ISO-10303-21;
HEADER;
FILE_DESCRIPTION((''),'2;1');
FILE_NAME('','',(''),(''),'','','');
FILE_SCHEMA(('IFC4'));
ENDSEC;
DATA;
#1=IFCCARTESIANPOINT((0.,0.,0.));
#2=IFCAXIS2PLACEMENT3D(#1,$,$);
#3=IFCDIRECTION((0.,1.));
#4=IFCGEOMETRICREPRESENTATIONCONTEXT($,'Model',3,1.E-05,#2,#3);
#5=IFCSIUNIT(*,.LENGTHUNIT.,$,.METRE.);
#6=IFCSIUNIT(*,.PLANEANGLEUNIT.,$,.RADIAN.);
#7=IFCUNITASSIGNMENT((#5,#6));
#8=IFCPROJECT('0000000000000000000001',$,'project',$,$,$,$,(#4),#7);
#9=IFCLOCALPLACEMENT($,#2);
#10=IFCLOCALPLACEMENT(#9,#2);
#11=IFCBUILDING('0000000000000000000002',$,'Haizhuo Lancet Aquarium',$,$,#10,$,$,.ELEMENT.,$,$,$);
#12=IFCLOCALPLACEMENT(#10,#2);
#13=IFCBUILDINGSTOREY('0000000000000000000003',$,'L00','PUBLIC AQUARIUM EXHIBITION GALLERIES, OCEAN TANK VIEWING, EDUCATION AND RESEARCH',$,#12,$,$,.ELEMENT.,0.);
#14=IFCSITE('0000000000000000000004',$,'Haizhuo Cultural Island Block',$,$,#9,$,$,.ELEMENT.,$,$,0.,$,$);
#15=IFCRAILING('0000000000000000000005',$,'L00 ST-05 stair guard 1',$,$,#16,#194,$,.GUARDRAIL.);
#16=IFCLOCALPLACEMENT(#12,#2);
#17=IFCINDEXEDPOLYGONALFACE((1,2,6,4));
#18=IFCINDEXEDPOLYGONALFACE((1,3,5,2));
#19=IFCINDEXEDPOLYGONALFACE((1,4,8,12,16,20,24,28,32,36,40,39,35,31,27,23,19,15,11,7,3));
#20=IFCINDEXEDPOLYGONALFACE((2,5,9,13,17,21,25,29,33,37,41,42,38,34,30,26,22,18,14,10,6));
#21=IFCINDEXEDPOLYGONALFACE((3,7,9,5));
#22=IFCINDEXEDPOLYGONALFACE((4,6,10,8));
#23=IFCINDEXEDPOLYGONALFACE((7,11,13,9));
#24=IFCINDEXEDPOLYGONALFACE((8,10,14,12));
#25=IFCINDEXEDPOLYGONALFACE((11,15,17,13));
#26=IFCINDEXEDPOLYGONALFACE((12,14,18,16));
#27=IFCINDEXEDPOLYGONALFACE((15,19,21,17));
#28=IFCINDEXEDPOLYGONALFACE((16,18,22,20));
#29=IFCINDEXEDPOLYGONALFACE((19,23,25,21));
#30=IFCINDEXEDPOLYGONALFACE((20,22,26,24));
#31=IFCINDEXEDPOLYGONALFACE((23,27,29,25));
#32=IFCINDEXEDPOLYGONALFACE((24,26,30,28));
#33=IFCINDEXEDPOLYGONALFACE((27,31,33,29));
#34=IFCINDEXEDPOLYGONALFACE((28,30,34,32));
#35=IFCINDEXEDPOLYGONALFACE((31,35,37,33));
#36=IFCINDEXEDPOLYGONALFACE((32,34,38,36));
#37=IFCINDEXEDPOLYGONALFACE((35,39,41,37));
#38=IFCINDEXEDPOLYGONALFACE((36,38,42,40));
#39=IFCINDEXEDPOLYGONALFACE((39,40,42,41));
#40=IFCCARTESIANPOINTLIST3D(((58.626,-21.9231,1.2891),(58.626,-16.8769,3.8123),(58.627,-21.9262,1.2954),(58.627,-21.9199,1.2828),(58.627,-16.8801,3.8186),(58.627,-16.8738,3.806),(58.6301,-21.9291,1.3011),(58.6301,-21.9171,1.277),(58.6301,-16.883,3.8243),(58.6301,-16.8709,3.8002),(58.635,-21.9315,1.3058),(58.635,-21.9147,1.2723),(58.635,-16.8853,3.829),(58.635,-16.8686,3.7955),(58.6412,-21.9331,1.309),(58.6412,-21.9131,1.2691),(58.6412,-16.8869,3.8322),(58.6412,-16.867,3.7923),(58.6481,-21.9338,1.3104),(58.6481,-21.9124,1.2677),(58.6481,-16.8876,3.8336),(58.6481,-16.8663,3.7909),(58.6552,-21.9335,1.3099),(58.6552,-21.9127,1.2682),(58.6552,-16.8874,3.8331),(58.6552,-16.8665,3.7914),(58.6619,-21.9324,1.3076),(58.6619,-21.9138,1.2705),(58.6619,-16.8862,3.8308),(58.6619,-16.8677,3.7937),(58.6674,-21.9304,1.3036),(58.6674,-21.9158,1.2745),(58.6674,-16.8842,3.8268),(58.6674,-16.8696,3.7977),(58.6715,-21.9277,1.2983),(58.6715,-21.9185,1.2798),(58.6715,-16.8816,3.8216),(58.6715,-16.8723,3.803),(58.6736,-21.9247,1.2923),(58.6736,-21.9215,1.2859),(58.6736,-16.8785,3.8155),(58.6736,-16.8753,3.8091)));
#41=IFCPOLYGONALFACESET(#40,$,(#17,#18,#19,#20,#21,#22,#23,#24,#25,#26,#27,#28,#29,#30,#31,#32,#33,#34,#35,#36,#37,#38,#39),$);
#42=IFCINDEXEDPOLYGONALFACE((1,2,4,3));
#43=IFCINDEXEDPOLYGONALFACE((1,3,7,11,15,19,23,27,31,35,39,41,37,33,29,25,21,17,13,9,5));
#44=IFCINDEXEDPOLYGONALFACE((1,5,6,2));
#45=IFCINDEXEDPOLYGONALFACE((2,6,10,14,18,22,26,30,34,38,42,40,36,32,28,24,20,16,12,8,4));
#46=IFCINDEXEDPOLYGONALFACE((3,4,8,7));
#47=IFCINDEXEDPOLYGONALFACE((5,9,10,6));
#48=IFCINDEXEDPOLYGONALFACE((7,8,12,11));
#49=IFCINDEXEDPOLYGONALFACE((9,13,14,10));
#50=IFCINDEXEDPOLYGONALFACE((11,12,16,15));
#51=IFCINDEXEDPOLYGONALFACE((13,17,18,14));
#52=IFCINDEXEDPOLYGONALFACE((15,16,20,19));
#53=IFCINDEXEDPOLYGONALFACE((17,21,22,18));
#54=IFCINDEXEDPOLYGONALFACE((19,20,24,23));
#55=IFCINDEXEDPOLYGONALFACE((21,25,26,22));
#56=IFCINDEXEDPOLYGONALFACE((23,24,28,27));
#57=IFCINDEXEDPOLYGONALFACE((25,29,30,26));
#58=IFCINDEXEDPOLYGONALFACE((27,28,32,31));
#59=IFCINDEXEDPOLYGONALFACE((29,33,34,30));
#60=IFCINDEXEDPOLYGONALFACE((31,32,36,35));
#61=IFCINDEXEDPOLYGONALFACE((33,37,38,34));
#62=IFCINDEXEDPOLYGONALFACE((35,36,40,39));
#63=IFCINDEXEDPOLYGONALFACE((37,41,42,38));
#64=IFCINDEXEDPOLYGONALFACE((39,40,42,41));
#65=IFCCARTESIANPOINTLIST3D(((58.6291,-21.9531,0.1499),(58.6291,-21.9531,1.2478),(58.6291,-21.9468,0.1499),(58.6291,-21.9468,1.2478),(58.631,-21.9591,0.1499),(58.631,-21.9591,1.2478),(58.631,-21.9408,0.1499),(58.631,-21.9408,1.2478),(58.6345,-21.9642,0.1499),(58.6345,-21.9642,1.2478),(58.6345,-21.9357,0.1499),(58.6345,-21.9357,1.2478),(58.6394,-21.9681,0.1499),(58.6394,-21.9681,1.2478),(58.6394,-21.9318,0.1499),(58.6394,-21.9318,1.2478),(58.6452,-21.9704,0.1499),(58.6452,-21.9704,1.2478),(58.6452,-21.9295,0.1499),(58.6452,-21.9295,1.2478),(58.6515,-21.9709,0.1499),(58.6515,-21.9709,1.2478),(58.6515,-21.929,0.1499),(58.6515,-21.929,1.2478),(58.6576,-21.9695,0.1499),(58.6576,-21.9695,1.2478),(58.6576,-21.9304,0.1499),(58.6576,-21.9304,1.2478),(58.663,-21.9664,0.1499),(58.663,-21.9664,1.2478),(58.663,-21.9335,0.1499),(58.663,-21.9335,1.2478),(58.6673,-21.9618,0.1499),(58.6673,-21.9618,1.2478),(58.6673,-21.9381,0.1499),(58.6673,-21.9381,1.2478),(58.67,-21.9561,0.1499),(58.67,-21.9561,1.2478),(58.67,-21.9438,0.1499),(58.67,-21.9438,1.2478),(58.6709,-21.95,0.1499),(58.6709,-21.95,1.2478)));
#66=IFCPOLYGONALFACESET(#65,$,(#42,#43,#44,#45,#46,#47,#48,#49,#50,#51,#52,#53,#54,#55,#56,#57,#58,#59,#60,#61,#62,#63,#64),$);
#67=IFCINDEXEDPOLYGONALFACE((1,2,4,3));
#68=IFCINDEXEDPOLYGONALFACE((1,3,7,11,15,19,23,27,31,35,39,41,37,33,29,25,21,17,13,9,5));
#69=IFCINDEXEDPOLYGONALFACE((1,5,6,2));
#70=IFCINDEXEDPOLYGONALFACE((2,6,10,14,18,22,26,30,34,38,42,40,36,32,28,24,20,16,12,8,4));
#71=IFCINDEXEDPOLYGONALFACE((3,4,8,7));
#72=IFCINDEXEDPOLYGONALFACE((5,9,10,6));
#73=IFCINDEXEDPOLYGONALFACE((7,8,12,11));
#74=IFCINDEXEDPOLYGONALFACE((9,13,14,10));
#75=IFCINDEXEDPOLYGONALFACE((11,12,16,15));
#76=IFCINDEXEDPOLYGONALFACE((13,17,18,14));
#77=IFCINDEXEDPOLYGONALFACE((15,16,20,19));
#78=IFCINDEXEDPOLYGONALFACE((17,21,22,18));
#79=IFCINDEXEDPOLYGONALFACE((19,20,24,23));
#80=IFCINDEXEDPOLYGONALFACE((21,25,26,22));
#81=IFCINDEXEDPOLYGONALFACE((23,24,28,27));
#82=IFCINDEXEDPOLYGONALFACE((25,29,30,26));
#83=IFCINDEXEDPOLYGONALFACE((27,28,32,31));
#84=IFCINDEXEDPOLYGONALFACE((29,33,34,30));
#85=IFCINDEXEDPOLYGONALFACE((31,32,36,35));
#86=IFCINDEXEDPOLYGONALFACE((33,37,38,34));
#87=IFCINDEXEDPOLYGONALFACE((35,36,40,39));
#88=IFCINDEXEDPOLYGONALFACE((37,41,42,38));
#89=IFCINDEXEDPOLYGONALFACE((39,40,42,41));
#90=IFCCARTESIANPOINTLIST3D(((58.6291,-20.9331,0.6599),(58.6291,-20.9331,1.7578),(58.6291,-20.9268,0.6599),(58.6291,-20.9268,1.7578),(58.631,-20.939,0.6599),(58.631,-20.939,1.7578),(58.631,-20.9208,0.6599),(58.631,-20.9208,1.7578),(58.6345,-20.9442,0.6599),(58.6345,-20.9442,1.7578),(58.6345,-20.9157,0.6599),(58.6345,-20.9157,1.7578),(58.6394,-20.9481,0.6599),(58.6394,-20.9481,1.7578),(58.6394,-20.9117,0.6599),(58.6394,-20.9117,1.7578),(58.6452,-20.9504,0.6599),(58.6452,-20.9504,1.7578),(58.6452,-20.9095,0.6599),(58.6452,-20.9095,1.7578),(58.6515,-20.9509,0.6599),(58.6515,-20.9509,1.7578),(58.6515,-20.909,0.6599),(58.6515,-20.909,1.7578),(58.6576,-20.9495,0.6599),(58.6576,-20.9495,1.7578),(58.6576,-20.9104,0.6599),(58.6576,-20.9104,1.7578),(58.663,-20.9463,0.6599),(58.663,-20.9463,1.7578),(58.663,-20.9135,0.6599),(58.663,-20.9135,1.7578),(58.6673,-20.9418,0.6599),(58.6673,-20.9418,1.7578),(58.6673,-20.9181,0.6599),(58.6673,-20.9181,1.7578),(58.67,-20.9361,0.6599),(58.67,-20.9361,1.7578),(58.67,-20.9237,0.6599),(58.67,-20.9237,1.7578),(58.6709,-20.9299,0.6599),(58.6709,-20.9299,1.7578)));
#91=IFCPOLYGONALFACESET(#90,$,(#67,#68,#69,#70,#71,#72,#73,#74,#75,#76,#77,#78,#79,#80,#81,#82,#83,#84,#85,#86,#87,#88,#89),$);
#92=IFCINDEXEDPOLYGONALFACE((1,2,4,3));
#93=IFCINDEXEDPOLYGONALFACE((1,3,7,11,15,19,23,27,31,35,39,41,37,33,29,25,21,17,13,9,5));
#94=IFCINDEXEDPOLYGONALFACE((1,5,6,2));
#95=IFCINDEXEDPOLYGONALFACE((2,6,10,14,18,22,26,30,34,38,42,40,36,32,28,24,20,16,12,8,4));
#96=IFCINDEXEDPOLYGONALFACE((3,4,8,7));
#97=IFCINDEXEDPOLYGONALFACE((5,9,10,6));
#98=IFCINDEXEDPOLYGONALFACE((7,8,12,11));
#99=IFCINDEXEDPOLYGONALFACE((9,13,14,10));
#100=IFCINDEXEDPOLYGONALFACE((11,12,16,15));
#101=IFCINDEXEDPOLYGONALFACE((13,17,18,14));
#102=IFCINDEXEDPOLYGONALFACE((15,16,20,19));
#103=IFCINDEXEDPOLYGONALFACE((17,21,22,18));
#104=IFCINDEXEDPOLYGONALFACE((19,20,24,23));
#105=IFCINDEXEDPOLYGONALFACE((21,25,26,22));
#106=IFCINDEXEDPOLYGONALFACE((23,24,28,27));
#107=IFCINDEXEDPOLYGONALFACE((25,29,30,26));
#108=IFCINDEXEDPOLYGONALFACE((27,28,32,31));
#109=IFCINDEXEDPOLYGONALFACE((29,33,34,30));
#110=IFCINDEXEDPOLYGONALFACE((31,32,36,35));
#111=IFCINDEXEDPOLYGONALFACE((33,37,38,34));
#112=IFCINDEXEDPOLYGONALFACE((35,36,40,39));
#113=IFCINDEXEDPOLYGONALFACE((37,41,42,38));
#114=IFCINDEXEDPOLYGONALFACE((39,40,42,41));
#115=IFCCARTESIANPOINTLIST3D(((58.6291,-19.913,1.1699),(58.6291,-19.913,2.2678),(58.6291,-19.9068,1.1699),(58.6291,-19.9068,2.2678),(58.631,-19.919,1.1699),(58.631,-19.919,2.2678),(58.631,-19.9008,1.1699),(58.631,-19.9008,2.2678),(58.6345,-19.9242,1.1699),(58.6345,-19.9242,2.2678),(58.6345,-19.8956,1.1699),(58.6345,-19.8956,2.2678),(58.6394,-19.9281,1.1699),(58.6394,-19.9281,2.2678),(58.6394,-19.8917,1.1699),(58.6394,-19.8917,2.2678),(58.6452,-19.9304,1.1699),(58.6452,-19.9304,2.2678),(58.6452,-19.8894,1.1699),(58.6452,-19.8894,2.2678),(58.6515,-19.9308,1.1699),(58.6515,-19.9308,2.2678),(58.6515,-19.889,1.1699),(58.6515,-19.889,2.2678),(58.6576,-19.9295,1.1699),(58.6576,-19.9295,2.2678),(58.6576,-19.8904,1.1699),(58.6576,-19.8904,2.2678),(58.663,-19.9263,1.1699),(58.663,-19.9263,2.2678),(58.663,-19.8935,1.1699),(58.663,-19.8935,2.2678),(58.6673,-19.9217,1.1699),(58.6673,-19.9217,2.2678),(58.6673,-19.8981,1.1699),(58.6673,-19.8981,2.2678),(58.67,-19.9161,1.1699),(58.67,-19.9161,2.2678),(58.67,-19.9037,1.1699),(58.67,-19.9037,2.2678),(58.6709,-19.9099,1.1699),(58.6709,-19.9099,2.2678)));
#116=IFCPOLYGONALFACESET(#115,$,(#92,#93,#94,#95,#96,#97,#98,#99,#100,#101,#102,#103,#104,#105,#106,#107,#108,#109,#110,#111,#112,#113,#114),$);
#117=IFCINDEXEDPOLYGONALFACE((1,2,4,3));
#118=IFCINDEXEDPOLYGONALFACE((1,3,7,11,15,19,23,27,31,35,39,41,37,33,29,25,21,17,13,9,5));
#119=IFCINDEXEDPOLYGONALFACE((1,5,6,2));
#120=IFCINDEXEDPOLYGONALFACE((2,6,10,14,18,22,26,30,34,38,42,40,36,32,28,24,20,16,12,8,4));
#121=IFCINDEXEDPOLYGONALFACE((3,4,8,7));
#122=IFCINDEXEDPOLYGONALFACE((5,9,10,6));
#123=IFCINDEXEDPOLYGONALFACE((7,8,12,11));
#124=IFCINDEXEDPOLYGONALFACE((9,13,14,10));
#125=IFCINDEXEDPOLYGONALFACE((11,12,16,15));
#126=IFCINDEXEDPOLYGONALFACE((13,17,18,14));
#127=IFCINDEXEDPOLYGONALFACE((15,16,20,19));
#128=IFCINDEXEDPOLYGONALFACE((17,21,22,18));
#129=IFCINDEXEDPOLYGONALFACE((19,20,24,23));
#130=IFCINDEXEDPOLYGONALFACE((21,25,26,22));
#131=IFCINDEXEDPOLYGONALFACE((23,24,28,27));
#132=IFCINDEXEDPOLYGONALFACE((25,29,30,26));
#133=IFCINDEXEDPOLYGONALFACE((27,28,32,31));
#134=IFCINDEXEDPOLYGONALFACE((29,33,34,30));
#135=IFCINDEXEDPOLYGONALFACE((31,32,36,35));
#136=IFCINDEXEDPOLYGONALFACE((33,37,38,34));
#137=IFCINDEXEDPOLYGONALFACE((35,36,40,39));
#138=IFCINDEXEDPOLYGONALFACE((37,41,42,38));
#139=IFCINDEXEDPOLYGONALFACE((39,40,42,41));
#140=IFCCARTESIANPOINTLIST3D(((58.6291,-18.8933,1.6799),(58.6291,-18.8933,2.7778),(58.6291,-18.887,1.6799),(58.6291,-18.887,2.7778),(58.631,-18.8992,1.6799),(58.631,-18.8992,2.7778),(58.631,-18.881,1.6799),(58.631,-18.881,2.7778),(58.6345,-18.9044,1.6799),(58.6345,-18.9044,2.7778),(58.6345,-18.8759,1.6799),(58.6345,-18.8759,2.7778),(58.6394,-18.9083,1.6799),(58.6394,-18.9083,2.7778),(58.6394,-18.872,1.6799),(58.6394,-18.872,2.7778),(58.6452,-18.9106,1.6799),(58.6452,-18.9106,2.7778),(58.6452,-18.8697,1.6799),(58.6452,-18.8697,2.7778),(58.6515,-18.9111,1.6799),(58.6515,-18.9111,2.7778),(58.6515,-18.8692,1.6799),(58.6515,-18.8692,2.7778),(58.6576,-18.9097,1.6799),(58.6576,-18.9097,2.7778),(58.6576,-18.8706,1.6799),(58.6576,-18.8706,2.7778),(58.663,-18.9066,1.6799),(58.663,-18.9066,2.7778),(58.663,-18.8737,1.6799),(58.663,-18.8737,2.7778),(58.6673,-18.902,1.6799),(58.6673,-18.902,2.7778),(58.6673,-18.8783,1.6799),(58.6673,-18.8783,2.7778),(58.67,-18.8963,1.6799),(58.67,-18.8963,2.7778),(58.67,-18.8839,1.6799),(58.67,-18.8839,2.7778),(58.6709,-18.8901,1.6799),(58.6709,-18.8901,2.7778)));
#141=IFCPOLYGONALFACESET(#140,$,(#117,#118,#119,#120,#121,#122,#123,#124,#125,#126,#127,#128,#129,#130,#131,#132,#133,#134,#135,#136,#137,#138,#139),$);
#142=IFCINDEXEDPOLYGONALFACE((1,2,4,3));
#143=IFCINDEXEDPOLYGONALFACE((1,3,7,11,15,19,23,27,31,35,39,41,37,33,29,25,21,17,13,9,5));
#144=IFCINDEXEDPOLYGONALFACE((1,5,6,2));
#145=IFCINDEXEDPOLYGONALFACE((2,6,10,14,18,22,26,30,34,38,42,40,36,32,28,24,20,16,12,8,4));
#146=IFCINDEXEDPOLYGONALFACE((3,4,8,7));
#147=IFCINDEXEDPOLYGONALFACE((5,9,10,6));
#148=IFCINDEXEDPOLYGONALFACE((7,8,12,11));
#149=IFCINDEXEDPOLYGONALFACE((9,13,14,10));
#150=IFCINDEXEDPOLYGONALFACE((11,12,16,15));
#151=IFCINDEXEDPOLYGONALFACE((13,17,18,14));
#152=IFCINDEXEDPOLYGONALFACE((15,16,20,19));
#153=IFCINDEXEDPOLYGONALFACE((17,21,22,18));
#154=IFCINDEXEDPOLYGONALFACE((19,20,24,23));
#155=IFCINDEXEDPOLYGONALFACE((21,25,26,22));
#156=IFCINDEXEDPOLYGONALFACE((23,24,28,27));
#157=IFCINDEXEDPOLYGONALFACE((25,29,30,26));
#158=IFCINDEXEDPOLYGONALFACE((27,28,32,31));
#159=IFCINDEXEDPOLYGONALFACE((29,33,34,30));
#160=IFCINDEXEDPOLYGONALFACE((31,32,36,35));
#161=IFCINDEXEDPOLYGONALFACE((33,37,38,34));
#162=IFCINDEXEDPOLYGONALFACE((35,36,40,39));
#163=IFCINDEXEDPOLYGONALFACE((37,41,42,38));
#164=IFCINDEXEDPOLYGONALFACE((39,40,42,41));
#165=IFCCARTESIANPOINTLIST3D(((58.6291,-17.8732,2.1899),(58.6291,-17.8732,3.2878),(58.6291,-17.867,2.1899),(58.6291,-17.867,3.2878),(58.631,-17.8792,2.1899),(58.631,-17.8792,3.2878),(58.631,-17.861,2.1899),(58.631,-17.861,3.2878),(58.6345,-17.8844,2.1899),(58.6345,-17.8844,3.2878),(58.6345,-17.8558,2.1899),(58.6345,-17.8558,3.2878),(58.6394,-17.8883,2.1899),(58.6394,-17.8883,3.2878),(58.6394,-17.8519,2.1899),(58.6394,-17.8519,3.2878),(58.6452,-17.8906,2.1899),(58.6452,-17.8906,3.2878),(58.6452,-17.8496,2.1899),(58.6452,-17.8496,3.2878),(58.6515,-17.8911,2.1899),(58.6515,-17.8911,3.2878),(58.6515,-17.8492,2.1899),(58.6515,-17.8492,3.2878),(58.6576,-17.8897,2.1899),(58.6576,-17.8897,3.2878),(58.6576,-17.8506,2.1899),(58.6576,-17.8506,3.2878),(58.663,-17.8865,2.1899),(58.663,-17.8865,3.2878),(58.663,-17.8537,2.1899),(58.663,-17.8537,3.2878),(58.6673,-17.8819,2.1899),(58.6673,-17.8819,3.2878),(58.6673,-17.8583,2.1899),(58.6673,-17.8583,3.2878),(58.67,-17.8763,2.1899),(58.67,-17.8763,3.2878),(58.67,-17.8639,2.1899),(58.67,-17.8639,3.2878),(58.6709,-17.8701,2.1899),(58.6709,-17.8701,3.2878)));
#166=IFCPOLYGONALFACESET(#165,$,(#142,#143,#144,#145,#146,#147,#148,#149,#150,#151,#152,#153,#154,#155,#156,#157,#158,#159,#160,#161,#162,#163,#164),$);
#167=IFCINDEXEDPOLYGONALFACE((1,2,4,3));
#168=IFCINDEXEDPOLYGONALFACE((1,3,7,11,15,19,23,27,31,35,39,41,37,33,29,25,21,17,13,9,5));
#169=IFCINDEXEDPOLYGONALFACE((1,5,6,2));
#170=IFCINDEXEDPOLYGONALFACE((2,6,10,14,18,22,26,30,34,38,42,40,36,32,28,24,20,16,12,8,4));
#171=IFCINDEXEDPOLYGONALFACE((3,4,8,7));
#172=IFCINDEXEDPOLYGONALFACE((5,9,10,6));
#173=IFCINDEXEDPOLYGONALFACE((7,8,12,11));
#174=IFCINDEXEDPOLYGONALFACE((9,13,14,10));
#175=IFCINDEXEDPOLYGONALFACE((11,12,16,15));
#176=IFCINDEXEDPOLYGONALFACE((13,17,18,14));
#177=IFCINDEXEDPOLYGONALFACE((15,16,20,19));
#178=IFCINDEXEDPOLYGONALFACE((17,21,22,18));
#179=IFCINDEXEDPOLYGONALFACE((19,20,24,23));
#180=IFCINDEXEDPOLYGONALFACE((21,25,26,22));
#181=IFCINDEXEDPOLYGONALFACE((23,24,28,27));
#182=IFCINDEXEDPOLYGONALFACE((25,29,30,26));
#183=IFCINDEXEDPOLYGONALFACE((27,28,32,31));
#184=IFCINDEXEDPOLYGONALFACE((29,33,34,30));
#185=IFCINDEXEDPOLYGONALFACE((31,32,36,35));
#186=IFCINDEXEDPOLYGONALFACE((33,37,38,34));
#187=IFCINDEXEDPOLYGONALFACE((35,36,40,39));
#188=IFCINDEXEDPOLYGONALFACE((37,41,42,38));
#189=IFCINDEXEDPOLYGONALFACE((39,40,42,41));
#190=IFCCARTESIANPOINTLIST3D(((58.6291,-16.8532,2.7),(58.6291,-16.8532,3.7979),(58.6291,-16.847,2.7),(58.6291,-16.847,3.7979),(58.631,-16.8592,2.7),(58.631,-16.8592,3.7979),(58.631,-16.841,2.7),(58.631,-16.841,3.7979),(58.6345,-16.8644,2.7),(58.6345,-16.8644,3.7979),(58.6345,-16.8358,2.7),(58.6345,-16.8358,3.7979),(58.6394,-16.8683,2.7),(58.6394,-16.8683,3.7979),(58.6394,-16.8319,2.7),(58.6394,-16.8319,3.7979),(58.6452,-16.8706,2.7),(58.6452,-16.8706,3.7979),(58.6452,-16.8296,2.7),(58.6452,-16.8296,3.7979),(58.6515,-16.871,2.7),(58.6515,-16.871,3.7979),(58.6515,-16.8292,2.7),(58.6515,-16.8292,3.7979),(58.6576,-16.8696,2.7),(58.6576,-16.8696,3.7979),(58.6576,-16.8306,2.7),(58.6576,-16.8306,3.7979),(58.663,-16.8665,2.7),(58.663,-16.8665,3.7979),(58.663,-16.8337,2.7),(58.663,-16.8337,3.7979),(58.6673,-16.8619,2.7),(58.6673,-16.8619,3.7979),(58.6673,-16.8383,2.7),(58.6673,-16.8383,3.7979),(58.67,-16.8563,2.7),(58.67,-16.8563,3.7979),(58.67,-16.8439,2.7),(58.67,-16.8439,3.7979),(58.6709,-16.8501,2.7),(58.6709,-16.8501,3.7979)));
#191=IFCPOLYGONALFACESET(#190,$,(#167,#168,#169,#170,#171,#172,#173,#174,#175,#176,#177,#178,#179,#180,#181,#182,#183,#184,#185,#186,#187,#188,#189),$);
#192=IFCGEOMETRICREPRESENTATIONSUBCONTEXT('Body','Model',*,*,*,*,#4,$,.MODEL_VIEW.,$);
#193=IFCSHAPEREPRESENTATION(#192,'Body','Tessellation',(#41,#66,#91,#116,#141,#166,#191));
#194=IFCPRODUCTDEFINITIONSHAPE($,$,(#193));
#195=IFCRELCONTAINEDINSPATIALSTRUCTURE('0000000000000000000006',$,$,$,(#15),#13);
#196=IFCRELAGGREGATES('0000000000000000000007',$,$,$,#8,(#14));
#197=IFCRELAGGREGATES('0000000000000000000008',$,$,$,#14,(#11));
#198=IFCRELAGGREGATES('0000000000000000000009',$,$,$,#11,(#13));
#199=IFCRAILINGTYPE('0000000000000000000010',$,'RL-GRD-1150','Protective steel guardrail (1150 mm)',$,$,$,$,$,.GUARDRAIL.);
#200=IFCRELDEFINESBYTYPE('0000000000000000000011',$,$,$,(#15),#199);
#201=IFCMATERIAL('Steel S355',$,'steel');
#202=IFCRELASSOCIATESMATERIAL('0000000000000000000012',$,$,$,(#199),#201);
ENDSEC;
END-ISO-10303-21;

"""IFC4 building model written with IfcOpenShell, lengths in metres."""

from ifc_helpers import new_model, si_unit, direction, frame, origin, origin_2d, place, context, subcontext, project, spatial, circle, extrude, material, type_object, element, save


model = new_model("IFC4")

# Units and contexts
model_context = context("Model", 3, precision=1e-05, world=origin(), true_north=direction((0.0, 1.0)))
body_context = subcontext(model_context, "Body", "Model", "MODEL_VIEW")
ifc_project = project(units=[si_unit("LENGTHUNIT", "METRE"), si_unit("PLANEANGLEUNIT", "RADIAN")], contexts=[model_context])

# Site, building, storey
site_placement = place(None, origin())
site = spatial("IfcSite", under=ifc_project, at=site_placement, Name="Haizhuo Cultural Island Block", CompositionType="ELEMENT", RefElevation=0.0)
building_placement = place(site_placement, origin())
building = spatial("IfcBuilding", under=site, at=building_placement, Name="Haizhuo Lancet Aquarium", CompositionType="ELEMENT")
storey_placement = place(building_placement, origin())
storey = spatial("IfcBuildingStorey", under=building, at=storey_placement, Name="L00", Description="PUBLIC AQUARIUM EXHIBITION GALLERIES, OCEAN TANK VIEWING, EDUCATION AND RESEARCH", CompositionType="ELEMENT", Elevation=0.0)

# Shared definitions
ifc_material_1 = material(Name="Steel S355", Category="steel")

# Railing
railing_type_1 = type_object("IfcRailingType", Name="RL-GRD-1150", Description="Protective steel guardrail (1150 mm)", PredefinedType="GUARDRAIL", material=ifc_material_1)
railing_1_placement = place(storey_placement, frame((58.6499, -21.95, 0.1499)))
element("IfcRailing", 1, at=railing_1_placement, inside=storey, type_object=railing_type_1, Name="L00 ST-05 stair guard 1", PredefinedType="GUARDRAIL", context=body_context, shape_type="SweptSolid", body=[
    extrude(circle(Radius=0.0239, at=origin_2d()), frame((0.0, 0.0269, 1.1392), z_axis=(0.0, 0.894419, 0.447231), x_axis=(-1.0, 0.0, 0.0)), (0.0, 0.0, 1.0), 5.6418),
    extrude(circle(Radius=0.021, at=origin_2d()), origin(), (0.0, 0.0, 1.0), 1.0979),
    extrude(circle(Radius=0.021, at=origin_2d()), frame((0.0, 1.02, 0.51)), (0.0, 0.0, 1.0), 1.0979),
    extrude(circle(Radius=0.021, at=origin_2d()), frame((0.0, 2.04, 1.02)), (0.0, 0.0, 1.0), 1.0979),
    extrude(circle(Radius=0.021, at=origin_2d()), frame((0.0, 3.0598, 1.53)), (0.0, 0.0, 1.0), 1.0979),
    extrude(circle(Radius=0.021, at=origin_2d()), frame((0.0, 4.0798, 2.04)), (0.0, 0.0, 1.0), 1.0979),
    extrude(circle(Radius=0.021, at=origin_2d()), frame((0.0, 5.0999, 2.55)), (0.0, 0.0, 1.0), 1.0979),
])

save(model, "model.ifc")
